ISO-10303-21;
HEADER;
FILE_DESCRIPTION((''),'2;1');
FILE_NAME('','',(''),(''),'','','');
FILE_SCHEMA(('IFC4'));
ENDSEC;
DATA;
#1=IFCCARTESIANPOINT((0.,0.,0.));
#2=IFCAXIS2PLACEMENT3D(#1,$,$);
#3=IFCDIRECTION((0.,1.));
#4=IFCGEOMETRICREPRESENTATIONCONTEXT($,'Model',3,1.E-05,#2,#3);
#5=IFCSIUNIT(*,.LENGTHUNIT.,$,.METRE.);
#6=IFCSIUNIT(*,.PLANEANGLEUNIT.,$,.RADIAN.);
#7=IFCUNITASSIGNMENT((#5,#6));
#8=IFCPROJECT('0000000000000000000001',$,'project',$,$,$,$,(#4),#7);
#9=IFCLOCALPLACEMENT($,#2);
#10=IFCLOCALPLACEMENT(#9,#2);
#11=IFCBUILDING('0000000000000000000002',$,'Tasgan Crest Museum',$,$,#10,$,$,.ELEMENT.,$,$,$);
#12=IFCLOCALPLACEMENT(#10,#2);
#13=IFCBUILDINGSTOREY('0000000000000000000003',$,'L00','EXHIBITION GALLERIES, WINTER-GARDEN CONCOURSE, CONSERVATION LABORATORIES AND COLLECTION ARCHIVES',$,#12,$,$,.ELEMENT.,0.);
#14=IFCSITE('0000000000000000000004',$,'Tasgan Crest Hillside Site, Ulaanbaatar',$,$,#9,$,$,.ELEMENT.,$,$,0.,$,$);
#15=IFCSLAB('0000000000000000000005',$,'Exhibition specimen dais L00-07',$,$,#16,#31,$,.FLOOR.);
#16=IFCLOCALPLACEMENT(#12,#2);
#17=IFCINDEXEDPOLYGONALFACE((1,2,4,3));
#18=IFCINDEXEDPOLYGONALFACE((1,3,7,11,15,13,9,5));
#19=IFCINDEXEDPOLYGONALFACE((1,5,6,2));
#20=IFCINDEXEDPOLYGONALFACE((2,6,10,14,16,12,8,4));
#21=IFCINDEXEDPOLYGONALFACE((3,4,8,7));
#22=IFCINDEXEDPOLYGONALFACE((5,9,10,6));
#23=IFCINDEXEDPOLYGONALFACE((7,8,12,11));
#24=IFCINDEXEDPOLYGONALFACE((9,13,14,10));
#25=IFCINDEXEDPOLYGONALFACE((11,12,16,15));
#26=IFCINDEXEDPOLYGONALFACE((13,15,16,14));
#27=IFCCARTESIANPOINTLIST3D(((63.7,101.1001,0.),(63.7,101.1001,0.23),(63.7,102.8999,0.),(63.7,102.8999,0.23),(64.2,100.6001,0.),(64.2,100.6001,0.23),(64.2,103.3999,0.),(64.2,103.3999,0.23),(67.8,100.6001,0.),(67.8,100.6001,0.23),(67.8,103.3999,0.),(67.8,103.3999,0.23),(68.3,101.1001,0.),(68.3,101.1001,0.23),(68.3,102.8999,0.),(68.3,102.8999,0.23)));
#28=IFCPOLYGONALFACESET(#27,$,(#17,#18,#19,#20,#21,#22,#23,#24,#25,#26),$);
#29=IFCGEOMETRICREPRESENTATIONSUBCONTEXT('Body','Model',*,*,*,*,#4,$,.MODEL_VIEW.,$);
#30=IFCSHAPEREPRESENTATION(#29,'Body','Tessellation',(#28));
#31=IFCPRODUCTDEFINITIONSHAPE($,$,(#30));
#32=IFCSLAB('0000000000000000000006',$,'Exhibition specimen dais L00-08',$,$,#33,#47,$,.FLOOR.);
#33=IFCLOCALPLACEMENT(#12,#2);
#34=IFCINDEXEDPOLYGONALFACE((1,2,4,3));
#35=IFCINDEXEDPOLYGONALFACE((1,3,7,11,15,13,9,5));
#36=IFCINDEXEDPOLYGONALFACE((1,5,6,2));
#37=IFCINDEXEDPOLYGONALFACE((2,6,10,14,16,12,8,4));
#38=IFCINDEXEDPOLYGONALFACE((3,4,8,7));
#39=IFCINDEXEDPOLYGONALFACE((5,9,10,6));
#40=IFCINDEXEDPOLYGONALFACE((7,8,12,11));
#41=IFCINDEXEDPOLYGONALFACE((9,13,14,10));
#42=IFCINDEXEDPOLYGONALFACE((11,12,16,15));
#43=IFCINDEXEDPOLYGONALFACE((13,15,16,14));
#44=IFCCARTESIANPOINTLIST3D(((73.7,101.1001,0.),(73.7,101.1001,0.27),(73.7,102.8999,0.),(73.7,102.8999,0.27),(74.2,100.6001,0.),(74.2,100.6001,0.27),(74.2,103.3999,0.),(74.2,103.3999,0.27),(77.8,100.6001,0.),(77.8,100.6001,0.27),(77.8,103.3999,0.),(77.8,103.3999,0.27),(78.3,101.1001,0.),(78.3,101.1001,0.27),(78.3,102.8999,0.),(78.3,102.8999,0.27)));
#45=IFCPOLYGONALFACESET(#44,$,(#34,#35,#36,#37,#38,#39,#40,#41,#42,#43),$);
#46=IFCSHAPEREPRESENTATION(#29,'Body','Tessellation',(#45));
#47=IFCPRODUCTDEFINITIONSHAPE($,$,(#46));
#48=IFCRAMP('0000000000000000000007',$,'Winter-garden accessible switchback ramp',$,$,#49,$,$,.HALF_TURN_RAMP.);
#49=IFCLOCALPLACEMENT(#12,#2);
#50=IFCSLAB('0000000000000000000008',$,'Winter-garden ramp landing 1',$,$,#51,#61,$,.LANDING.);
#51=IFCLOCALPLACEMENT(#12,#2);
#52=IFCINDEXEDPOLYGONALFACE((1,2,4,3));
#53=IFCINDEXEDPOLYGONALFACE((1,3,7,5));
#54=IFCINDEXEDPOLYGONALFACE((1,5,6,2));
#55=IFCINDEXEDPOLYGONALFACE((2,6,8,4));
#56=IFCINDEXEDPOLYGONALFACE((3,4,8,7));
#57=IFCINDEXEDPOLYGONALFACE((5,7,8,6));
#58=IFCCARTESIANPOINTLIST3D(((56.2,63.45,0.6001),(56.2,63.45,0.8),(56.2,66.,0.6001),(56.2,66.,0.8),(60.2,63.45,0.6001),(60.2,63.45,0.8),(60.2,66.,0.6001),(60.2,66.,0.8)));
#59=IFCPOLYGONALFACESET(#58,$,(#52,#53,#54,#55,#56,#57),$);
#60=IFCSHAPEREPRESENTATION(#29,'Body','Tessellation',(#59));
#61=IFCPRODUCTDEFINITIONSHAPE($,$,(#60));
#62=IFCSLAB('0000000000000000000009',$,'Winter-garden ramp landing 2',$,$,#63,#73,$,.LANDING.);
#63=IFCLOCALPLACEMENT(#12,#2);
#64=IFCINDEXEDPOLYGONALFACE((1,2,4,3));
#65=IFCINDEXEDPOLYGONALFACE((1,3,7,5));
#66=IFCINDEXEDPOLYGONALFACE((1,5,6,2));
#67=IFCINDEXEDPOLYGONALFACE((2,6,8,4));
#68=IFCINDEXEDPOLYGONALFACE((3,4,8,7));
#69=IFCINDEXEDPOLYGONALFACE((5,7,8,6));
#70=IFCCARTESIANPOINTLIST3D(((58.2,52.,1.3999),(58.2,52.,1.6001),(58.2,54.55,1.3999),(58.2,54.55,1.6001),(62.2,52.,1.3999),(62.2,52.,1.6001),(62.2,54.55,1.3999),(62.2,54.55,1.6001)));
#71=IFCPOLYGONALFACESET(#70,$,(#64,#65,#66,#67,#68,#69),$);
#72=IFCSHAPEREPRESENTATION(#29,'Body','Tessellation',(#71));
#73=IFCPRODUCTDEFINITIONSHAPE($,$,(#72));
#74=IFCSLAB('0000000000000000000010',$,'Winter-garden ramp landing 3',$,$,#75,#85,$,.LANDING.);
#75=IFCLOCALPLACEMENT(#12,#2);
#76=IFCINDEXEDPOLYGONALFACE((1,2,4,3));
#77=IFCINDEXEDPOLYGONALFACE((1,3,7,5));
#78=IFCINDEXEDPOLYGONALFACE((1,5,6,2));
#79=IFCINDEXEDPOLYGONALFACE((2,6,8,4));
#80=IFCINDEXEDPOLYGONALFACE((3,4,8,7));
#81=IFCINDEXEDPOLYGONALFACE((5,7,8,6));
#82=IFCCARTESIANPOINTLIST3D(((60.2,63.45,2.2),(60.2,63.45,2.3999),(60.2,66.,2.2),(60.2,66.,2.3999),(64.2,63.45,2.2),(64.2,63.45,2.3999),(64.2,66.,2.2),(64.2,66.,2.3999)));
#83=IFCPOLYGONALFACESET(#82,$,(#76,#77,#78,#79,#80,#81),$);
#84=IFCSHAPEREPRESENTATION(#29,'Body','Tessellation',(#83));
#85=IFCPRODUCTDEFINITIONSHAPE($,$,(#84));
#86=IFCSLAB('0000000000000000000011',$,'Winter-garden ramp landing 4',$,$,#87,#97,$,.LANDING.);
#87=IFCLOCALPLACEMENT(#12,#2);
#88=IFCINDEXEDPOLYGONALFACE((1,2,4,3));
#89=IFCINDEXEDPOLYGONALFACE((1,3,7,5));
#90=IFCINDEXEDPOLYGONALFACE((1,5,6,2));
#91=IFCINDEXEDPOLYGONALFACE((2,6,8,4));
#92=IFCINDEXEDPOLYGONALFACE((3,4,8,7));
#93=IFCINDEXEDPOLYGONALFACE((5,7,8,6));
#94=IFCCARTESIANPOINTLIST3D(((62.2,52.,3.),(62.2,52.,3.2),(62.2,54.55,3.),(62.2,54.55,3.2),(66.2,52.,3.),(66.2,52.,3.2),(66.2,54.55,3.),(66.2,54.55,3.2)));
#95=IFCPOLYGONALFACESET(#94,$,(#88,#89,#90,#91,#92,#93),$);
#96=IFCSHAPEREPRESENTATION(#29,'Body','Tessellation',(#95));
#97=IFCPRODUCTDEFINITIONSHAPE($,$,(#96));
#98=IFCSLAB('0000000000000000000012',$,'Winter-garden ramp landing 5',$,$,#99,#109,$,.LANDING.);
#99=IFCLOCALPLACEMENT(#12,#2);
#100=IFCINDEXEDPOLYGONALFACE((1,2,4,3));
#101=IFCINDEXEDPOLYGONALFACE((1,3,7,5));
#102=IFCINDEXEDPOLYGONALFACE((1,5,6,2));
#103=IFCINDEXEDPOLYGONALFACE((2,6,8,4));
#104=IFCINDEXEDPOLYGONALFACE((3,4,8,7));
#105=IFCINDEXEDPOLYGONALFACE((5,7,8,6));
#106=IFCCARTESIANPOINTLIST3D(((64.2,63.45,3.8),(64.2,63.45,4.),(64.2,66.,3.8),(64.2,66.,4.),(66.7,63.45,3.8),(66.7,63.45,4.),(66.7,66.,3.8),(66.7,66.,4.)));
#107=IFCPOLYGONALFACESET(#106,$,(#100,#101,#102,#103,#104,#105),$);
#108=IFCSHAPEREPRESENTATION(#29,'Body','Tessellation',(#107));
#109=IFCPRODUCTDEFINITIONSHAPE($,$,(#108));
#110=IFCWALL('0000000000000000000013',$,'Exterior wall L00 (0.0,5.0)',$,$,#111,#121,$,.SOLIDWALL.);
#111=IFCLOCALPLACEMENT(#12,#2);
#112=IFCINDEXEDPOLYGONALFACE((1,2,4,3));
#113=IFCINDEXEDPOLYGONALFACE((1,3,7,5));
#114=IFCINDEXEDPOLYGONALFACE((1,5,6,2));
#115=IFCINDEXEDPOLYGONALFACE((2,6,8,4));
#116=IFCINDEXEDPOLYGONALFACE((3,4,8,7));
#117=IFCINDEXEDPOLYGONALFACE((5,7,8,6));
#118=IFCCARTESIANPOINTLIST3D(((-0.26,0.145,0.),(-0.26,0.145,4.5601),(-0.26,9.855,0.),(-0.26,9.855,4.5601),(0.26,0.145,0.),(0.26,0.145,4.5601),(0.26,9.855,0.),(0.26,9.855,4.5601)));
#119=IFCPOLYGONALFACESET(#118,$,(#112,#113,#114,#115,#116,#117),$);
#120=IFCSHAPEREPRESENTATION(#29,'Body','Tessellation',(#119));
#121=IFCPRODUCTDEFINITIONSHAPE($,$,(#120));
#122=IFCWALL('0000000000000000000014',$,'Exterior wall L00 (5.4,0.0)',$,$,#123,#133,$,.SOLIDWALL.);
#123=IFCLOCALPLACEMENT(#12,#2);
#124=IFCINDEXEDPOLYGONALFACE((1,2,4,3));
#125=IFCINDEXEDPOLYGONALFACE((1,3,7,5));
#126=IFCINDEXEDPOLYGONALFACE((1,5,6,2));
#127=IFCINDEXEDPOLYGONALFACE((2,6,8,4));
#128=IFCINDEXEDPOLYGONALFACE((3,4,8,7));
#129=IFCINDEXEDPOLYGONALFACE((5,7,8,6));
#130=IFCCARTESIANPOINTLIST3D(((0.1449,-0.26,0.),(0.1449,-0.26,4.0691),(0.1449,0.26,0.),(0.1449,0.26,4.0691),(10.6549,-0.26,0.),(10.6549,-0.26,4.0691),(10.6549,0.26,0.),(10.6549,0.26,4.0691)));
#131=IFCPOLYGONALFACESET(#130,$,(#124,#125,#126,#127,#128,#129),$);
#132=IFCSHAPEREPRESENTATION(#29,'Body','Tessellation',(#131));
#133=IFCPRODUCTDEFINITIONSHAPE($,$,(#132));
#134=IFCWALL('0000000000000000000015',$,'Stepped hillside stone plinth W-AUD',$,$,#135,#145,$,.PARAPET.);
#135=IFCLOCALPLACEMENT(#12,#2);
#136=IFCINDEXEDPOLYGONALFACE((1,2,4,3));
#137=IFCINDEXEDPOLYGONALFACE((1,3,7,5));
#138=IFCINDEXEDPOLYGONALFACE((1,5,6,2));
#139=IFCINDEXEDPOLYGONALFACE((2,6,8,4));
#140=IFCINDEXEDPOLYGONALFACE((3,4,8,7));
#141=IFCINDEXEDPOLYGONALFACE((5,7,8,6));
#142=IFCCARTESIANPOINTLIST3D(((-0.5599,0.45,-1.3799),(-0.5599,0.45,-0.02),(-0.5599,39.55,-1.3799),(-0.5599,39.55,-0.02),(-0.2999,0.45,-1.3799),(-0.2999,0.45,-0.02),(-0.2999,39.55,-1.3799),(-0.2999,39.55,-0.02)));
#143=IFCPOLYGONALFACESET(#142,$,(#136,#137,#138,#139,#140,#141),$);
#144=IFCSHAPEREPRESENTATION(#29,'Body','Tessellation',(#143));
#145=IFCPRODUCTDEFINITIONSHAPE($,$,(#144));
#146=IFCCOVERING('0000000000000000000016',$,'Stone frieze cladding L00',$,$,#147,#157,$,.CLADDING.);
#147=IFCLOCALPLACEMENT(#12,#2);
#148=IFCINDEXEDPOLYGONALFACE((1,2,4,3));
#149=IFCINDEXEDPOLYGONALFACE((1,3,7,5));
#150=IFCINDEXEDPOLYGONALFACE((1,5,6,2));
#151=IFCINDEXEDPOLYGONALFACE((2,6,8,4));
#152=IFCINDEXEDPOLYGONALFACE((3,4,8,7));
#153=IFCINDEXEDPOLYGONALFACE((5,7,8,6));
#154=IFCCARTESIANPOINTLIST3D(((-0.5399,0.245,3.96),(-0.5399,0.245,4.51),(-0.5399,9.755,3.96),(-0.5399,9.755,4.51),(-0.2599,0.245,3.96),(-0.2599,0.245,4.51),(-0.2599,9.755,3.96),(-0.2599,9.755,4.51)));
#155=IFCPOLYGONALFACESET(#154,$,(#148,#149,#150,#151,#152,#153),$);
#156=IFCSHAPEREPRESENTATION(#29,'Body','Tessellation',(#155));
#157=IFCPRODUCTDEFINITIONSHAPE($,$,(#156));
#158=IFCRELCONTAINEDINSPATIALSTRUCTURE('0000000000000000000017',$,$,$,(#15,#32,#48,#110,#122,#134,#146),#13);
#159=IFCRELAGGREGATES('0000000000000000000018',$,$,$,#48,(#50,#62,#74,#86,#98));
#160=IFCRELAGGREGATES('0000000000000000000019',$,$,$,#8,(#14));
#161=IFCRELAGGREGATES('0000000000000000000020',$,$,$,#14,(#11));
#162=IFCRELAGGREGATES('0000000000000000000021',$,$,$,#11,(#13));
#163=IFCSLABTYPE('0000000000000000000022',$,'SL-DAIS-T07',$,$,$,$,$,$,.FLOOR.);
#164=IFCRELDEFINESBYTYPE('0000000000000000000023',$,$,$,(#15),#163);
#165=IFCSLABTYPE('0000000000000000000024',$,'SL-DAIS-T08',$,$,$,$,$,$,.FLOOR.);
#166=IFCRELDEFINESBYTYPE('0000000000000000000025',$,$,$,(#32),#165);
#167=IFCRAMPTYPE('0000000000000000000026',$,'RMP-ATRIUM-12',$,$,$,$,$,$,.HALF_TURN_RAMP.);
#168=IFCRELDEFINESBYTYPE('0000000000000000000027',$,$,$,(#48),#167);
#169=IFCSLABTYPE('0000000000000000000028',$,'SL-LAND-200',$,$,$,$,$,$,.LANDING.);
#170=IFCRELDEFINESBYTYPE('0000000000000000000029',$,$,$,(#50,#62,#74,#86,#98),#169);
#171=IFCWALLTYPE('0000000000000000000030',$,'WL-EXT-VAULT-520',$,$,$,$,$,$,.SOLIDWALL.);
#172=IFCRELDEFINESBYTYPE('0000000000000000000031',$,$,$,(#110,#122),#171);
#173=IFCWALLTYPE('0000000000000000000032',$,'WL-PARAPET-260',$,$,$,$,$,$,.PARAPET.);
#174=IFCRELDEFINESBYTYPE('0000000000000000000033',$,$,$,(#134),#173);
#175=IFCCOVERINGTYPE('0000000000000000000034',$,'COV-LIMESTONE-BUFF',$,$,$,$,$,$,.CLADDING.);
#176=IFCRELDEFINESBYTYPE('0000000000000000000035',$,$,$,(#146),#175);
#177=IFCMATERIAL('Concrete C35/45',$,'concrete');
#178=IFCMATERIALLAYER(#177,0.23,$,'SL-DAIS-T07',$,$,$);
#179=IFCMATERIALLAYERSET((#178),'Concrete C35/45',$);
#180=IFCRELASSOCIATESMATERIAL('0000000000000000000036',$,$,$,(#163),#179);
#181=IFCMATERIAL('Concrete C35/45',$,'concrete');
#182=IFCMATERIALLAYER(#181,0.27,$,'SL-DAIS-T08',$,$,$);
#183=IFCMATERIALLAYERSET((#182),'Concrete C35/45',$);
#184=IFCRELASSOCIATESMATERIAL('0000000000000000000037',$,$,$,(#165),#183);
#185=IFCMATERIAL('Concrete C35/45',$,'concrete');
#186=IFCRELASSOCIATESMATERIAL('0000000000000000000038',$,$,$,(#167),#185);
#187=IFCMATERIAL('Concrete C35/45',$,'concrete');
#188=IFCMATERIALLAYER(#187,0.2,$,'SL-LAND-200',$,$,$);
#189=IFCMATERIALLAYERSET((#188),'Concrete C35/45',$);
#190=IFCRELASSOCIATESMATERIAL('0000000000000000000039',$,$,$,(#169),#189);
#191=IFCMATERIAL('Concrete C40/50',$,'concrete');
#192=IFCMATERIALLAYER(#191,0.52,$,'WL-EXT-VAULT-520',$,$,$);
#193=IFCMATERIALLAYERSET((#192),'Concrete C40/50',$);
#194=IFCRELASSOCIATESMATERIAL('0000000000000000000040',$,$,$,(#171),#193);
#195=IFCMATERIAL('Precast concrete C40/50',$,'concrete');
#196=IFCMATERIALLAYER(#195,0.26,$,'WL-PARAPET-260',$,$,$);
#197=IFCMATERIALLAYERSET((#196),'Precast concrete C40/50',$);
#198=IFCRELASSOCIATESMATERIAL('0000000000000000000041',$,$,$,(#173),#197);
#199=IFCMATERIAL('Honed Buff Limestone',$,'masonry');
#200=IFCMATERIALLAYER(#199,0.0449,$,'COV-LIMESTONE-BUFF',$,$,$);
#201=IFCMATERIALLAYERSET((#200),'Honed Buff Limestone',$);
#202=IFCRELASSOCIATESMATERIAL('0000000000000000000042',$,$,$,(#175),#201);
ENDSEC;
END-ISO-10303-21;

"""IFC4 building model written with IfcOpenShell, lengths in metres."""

from ifc_helpers import new_model, si_unit, direction, frame, frame_2d, origin, origin_2d, place, context, subcontext, project, spatial, polyline, rectangle, outline, extrude, material, layer, layer_set, type_object, element, aggregate, save


model = new_model("IFC4")

# Units and contexts
model_context = context("Model", 3, precision=1e-05, world=origin(), true_north=direction((0.0, 1.0)))
body_context = subcontext(model_context, "Body", "Model", "MODEL_VIEW")
ifc_project = project(units=[si_unit("LENGTHUNIT", "METRE"), si_unit("PLANEANGLEUNIT", "RADIAN")], contexts=[model_context])

# Site, building, storey
site_placement = place(None, origin())
site = spatial("IfcSite", under=ifc_project, at=site_placement, Name="Tasgan Crest Hillside Site, Ulaanbaatar", CompositionType="ELEMENT", RefElevation=0.0)
building_placement = place(site_placement, origin())
building = spatial("IfcBuilding", under=site, at=building_placement, Name="Tasgan Crest Museum", CompositionType="ELEMENT")
storey_placement = place(building_placement, origin())
storey = spatial("IfcBuildingStorey", under=building, at=storey_placement, Name="L00", Description="EXHIBITION GALLERIES, WINTER-GARDEN CONCOURSE, CONSERVATION LABORATORIES AND COLLECTION ARCHIVES", CompositionType="ELEMENT", Elevation=0.0)

# Slabs
ifc_material_1 = material(Name="Concrete C35/45", Category="concrete")
ifc_layer_1 = layer(ifc_material_1, 0.23, Name="SL-DAIS-T07")
ifc_layer_set_1 = layer_set([ifc_layer_1], Name="Concrete C35/45")
slab_type_1 = type_object("IfcSlabType", Name="SL-DAIS-T07", PredefinedType="FLOOR", material=ifc_layer_set_1)
slab_1_placement = place(storey_placement, origin())
element("IfcSlab", 1, at=slab_1_placement, inside=storey, type_object=slab_type_1, Name="Exhibition specimen dais L00-07", PredefinedType="FLOOR", context=body_context, shape_type="SweptSolid", body=[
    extrude(outline(polyline([(64.2, 100.6001), (67.8, 100.6001), (68.3, 101.1001), (68.3, 102.8999), (67.8, 103.3999), (64.2, 103.3999), (63.7, 102.8999), (63.7, 101.1001), (64.2, 100.6001)])), origin(), (0.0, 0.0, 1.0), 0.23),
])
ifc_material_2 = material(Name="Concrete C35/45", Category="concrete")
ifc_layer_2 = layer(ifc_material_2, 0.27, Name="SL-DAIS-T08")
ifc_layer_set_2 = layer_set([ifc_layer_2], Name="Concrete C35/45")
slab_type_2 = type_object("IfcSlabType", Name="SL-DAIS-T08", PredefinedType="FLOOR", material=ifc_layer_set_2)
slab_2_placement = place(storey_placement, origin())
element("IfcSlab", 2, at=slab_2_placement, inside=storey, type_object=slab_type_2, Name="Exhibition specimen dais L00-08", PredefinedType="FLOOR", context=body_context, shape_type="SweptSolid", body=[
    extrude(outline(polyline([(74.2, 100.6001), (77.8, 100.6001), (78.3, 101.1001), (78.3, 102.8999), (77.8, 103.3999), (74.2, 103.3999), (73.7, 102.8999), (73.7, 101.1001), (74.2, 100.6001)])), origin(), (0.0, 0.0, 1.0), 0.27),
])

# Ramp, slabs
ifc_material_3 = material(Name="Concrete C35/45", Category="concrete")
ramp_type = type_object("IfcRampType", Name="RMP-ATRIUM-12", PredefinedType="HALF_TURN_RAMP", material=ifc_material_3)
ramp_placement = place(storey_placement, origin())
ramp = element("IfcRamp", 3, at=ramp_placement, inside=storey, type_object=ramp_type, Name="Winter-garden accessible switchback ramp", PredefinedType="HALF_TURN_RAMP")
ifc_material_4 = material(Name="Concrete C35/45", Category="concrete")
ifc_layer_3 = layer(ifc_material_4, 0.2, Name="SL-LAND-200")
ifc_layer_set_3 = layer_set([ifc_layer_3], Name="Concrete C35/45")
slab_type_3 = type_object("IfcSlabType", Name="SL-LAND-200", PredefinedType="LANDING", material=ifc_layer_set_3)
slab_3_placement = place(storey_placement, frame((0.0, 0.0, 0.6001)))
slab_3 = element("IfcSlab", 4, at=slab_3_placement, type_object=slab_type_3, Name="Winter-garden ramp landing 1", PredefinedType="LANDING", context=body_context, shape_type="SweptSolid", body=[
    extrude(outline(polyline([(56.2, 63.45), (60.2, 63.45), (60.2, 66.0), (56.2, 66.0), (56.2, 63.45)])), origin(), (0.0, 0.0, 1.0), 0.2),
])
slab_4_placement = place(storey_placement, frame((0.0, 0.0, 1.3999)))
slab_4 = element("IfcSlab", 5, at=slab_4_placement, type_object=slab_type_3, Name="Winter-garden ramp landing 2", PredefinedType="LANDING", context=body_context, shape_type="SweptSolid", body=[
    extrude(outline(polyline([(58.2, 52.0), (62.2, 52.0), (62.2, 54.55), (58.2, 54.55), (58.2, 52.0)])), origin(), (0.0, 0.0, 1.0), 0.2002),
])
slab_5_placement = place(storey_placement, frame((0.0, 0.0, 2.2)))
slab_5 = element("IfcSlab", 6, at=slab_5_placement, type_object=slab_type_3, Name="Winter-garden ramp landing 3", PredefinedType="LANDING", context=body_context, shape_type="SweptSolid", body=[
    extrude(outline(polyline([(60.2, 63.45), (64.2, 63.45), (64.2, 66.0), (60.2, 66.0), (60.2, 63.45)])), origin(), (0.0, 0.0, 1.0), 0.2),
])
slab_6_placement = place(storey_placement, frame((0.0, 0.0, 3.0)))
slab_6 = element("IfcSlab", 7, at=slab_6_placement, type_object=slab_type_3, Name="Winter-garden ramp landing 4", PredefinedType="LANDING", context=body_context, shape_type="SweptSolid", body=[
    extrude(outline(polyline([(62.2, 52.0), (66.2, 52.0), (66.2, 54.55), (62.2, 54.55), (62.2, 52.0)])), origin(), (0.0, 0.0, 1.0), 0.2),
])
slab_7_placement = place(storey_placement, frame((0.0, 0.0, 3.8)))
slab_7 = element("IfcSlab", 8, at=slab_7_placement, type_object=slab_type_3, Name="Winter-garden ramp landing 5", PredefinedType="LANDING", context=body_context, shape_type="SweptSolid", body=[
    extrude(outline(polyline([(64.2, 63.45), (66.7, 63.45), (66.7, 66.0), (64.2, 66.0), (64.2, 63.45)])), origin(), (0.0, 0.0, 1.0), 0.2),
])
aggregate(ramp, [slab_3, slab_4, slab_5, slab_6, slab_7])

# Walls
ifc_material_5 = material(Name="Concrete C40/50", Category="concrete")
ifc_layer_4 = layer(ifc_material_5, 0.52, Name="WL-EXT-VAULT-520")
ifc_layer_set_4 = layer_set([ifc_layer_4], Name="Concrete C40/50")
wall_type_1 = type_object("IfcWallType", Name="WL-EXT-VAULT-520", PredefinedType="SOLIDWALL", material=ifc_layer_set_4)
wall_1_placement = place(storey_placement, frame((0.0, 9.855, 0.0), z_axis=(0.0, 0.0, 1.0), x_axis=(0.0, -1.0, 0.0)))
element("IfcWall", 9, at=wall_1_placement, inside=storey, type_object=wall_type_1, Name="Exterior wall L00 (0.0,5.0)", PredefinedType="SOLIDWALL", context=body_context, shape_type="SweptSolid", body=[
    extrude(rectangle(XDim=9.71, YDim=0.52, at=frame_2d((4.855, 0.0))), origin(), (0.0, 0.0, 1.0), 4.5601),
])
wall_2_placement = place(storey_placement, frame((0.145, 0.0, 0.0), z_axis=(0.0, 0.0, 1.0), x_axis=(1.0, 0.0, 0.0)))
element("IfcWall", 10, at=wall_2_placement, inside=storey, type_object=wall_type_1, Name="Exterior wall L00 (5.4,0.0)", PredefinedType="SOLIDWALL", context=body_context, shape_type="SweptSolid", body=[
    extrude(rectangle(XDim=10.51, YDim=0.52, at=frame_2d((5.2549, 0.0))), origin(), (0.0, 0.0, 1.0), 4.0691),
])
ifc_material_6 = material(Name="Precast concrete C40/50", Category="concrete")
ifc_layer_5 = layer(ifc_material_6, 0.26, Name="WL-PARAPET-260")
ifc_layer_set_5 = layer_set([ifc_layer_5], Name="Precast concrete C40/50")
wall_type_2 = type_object("IfcWallType", Name="WL-PARAPET-260", PredefinedType="PARAPET", material=ifc_layer_set_5)
wall_3_placement = place(storey_placement, frame((-0.4299, 0.45, -1.3799), z_axis=(0.0, 0.0, 1.0), x_axis=(0.0, 1.0, 0.0)))
element("IfcWall", 11, at=wall_3_placement, inside=storey, type_object=wall_type_2, Name="Stepped hillside stone plinth W-AUD", PredefinedType="PARAPET", context=body_context, shape_type="SweptSolid", body=[
    extrude(rectangle(XDim=39.1001, YDim=0.26, at=frame_2d((19.55, 0.0))), origin(), (0.0, 0.0, 1.0), 1.3599),
])

# Covering
ifc_material_7 = material(Name="Honed Buff Limestone", Category="masonry")
ifc_layer_6 = layer(ifc_material_7, 0.0449, Name="COV-LIMESTONE-BUFF")
ifc_layer_set_6 = layer_set([ifc_layer_6], Name="Honed Buff Limestone")
covering_type = type_object("IfcCoveringType", Name="COV-LIMESTONE-BUFF", PredefinedType="CLADDING", material=ifc_layer_set_6)
covering_placement = place(storey_placement, frame((-0.3999, 5.0, 3.96), z_axis=(0.0, 0.0, 1.0), x_axis=(0.0, -1.0, 0.0)))
element("IfcCovering", 12, at=covering_placement, inside=storey, type_object=covering_type, Name="Stone frieze cladding L00", PredefinedType="CLADDING", context=body_context, shape_type="SweptSolid", body=[
    extrude(rectangle(XDim=9.51, YDim=0.28, at=origin_2d()), origin(), (0.0, 0.0, 1.0), 0.55),
])

save(model, "model.ifc")
